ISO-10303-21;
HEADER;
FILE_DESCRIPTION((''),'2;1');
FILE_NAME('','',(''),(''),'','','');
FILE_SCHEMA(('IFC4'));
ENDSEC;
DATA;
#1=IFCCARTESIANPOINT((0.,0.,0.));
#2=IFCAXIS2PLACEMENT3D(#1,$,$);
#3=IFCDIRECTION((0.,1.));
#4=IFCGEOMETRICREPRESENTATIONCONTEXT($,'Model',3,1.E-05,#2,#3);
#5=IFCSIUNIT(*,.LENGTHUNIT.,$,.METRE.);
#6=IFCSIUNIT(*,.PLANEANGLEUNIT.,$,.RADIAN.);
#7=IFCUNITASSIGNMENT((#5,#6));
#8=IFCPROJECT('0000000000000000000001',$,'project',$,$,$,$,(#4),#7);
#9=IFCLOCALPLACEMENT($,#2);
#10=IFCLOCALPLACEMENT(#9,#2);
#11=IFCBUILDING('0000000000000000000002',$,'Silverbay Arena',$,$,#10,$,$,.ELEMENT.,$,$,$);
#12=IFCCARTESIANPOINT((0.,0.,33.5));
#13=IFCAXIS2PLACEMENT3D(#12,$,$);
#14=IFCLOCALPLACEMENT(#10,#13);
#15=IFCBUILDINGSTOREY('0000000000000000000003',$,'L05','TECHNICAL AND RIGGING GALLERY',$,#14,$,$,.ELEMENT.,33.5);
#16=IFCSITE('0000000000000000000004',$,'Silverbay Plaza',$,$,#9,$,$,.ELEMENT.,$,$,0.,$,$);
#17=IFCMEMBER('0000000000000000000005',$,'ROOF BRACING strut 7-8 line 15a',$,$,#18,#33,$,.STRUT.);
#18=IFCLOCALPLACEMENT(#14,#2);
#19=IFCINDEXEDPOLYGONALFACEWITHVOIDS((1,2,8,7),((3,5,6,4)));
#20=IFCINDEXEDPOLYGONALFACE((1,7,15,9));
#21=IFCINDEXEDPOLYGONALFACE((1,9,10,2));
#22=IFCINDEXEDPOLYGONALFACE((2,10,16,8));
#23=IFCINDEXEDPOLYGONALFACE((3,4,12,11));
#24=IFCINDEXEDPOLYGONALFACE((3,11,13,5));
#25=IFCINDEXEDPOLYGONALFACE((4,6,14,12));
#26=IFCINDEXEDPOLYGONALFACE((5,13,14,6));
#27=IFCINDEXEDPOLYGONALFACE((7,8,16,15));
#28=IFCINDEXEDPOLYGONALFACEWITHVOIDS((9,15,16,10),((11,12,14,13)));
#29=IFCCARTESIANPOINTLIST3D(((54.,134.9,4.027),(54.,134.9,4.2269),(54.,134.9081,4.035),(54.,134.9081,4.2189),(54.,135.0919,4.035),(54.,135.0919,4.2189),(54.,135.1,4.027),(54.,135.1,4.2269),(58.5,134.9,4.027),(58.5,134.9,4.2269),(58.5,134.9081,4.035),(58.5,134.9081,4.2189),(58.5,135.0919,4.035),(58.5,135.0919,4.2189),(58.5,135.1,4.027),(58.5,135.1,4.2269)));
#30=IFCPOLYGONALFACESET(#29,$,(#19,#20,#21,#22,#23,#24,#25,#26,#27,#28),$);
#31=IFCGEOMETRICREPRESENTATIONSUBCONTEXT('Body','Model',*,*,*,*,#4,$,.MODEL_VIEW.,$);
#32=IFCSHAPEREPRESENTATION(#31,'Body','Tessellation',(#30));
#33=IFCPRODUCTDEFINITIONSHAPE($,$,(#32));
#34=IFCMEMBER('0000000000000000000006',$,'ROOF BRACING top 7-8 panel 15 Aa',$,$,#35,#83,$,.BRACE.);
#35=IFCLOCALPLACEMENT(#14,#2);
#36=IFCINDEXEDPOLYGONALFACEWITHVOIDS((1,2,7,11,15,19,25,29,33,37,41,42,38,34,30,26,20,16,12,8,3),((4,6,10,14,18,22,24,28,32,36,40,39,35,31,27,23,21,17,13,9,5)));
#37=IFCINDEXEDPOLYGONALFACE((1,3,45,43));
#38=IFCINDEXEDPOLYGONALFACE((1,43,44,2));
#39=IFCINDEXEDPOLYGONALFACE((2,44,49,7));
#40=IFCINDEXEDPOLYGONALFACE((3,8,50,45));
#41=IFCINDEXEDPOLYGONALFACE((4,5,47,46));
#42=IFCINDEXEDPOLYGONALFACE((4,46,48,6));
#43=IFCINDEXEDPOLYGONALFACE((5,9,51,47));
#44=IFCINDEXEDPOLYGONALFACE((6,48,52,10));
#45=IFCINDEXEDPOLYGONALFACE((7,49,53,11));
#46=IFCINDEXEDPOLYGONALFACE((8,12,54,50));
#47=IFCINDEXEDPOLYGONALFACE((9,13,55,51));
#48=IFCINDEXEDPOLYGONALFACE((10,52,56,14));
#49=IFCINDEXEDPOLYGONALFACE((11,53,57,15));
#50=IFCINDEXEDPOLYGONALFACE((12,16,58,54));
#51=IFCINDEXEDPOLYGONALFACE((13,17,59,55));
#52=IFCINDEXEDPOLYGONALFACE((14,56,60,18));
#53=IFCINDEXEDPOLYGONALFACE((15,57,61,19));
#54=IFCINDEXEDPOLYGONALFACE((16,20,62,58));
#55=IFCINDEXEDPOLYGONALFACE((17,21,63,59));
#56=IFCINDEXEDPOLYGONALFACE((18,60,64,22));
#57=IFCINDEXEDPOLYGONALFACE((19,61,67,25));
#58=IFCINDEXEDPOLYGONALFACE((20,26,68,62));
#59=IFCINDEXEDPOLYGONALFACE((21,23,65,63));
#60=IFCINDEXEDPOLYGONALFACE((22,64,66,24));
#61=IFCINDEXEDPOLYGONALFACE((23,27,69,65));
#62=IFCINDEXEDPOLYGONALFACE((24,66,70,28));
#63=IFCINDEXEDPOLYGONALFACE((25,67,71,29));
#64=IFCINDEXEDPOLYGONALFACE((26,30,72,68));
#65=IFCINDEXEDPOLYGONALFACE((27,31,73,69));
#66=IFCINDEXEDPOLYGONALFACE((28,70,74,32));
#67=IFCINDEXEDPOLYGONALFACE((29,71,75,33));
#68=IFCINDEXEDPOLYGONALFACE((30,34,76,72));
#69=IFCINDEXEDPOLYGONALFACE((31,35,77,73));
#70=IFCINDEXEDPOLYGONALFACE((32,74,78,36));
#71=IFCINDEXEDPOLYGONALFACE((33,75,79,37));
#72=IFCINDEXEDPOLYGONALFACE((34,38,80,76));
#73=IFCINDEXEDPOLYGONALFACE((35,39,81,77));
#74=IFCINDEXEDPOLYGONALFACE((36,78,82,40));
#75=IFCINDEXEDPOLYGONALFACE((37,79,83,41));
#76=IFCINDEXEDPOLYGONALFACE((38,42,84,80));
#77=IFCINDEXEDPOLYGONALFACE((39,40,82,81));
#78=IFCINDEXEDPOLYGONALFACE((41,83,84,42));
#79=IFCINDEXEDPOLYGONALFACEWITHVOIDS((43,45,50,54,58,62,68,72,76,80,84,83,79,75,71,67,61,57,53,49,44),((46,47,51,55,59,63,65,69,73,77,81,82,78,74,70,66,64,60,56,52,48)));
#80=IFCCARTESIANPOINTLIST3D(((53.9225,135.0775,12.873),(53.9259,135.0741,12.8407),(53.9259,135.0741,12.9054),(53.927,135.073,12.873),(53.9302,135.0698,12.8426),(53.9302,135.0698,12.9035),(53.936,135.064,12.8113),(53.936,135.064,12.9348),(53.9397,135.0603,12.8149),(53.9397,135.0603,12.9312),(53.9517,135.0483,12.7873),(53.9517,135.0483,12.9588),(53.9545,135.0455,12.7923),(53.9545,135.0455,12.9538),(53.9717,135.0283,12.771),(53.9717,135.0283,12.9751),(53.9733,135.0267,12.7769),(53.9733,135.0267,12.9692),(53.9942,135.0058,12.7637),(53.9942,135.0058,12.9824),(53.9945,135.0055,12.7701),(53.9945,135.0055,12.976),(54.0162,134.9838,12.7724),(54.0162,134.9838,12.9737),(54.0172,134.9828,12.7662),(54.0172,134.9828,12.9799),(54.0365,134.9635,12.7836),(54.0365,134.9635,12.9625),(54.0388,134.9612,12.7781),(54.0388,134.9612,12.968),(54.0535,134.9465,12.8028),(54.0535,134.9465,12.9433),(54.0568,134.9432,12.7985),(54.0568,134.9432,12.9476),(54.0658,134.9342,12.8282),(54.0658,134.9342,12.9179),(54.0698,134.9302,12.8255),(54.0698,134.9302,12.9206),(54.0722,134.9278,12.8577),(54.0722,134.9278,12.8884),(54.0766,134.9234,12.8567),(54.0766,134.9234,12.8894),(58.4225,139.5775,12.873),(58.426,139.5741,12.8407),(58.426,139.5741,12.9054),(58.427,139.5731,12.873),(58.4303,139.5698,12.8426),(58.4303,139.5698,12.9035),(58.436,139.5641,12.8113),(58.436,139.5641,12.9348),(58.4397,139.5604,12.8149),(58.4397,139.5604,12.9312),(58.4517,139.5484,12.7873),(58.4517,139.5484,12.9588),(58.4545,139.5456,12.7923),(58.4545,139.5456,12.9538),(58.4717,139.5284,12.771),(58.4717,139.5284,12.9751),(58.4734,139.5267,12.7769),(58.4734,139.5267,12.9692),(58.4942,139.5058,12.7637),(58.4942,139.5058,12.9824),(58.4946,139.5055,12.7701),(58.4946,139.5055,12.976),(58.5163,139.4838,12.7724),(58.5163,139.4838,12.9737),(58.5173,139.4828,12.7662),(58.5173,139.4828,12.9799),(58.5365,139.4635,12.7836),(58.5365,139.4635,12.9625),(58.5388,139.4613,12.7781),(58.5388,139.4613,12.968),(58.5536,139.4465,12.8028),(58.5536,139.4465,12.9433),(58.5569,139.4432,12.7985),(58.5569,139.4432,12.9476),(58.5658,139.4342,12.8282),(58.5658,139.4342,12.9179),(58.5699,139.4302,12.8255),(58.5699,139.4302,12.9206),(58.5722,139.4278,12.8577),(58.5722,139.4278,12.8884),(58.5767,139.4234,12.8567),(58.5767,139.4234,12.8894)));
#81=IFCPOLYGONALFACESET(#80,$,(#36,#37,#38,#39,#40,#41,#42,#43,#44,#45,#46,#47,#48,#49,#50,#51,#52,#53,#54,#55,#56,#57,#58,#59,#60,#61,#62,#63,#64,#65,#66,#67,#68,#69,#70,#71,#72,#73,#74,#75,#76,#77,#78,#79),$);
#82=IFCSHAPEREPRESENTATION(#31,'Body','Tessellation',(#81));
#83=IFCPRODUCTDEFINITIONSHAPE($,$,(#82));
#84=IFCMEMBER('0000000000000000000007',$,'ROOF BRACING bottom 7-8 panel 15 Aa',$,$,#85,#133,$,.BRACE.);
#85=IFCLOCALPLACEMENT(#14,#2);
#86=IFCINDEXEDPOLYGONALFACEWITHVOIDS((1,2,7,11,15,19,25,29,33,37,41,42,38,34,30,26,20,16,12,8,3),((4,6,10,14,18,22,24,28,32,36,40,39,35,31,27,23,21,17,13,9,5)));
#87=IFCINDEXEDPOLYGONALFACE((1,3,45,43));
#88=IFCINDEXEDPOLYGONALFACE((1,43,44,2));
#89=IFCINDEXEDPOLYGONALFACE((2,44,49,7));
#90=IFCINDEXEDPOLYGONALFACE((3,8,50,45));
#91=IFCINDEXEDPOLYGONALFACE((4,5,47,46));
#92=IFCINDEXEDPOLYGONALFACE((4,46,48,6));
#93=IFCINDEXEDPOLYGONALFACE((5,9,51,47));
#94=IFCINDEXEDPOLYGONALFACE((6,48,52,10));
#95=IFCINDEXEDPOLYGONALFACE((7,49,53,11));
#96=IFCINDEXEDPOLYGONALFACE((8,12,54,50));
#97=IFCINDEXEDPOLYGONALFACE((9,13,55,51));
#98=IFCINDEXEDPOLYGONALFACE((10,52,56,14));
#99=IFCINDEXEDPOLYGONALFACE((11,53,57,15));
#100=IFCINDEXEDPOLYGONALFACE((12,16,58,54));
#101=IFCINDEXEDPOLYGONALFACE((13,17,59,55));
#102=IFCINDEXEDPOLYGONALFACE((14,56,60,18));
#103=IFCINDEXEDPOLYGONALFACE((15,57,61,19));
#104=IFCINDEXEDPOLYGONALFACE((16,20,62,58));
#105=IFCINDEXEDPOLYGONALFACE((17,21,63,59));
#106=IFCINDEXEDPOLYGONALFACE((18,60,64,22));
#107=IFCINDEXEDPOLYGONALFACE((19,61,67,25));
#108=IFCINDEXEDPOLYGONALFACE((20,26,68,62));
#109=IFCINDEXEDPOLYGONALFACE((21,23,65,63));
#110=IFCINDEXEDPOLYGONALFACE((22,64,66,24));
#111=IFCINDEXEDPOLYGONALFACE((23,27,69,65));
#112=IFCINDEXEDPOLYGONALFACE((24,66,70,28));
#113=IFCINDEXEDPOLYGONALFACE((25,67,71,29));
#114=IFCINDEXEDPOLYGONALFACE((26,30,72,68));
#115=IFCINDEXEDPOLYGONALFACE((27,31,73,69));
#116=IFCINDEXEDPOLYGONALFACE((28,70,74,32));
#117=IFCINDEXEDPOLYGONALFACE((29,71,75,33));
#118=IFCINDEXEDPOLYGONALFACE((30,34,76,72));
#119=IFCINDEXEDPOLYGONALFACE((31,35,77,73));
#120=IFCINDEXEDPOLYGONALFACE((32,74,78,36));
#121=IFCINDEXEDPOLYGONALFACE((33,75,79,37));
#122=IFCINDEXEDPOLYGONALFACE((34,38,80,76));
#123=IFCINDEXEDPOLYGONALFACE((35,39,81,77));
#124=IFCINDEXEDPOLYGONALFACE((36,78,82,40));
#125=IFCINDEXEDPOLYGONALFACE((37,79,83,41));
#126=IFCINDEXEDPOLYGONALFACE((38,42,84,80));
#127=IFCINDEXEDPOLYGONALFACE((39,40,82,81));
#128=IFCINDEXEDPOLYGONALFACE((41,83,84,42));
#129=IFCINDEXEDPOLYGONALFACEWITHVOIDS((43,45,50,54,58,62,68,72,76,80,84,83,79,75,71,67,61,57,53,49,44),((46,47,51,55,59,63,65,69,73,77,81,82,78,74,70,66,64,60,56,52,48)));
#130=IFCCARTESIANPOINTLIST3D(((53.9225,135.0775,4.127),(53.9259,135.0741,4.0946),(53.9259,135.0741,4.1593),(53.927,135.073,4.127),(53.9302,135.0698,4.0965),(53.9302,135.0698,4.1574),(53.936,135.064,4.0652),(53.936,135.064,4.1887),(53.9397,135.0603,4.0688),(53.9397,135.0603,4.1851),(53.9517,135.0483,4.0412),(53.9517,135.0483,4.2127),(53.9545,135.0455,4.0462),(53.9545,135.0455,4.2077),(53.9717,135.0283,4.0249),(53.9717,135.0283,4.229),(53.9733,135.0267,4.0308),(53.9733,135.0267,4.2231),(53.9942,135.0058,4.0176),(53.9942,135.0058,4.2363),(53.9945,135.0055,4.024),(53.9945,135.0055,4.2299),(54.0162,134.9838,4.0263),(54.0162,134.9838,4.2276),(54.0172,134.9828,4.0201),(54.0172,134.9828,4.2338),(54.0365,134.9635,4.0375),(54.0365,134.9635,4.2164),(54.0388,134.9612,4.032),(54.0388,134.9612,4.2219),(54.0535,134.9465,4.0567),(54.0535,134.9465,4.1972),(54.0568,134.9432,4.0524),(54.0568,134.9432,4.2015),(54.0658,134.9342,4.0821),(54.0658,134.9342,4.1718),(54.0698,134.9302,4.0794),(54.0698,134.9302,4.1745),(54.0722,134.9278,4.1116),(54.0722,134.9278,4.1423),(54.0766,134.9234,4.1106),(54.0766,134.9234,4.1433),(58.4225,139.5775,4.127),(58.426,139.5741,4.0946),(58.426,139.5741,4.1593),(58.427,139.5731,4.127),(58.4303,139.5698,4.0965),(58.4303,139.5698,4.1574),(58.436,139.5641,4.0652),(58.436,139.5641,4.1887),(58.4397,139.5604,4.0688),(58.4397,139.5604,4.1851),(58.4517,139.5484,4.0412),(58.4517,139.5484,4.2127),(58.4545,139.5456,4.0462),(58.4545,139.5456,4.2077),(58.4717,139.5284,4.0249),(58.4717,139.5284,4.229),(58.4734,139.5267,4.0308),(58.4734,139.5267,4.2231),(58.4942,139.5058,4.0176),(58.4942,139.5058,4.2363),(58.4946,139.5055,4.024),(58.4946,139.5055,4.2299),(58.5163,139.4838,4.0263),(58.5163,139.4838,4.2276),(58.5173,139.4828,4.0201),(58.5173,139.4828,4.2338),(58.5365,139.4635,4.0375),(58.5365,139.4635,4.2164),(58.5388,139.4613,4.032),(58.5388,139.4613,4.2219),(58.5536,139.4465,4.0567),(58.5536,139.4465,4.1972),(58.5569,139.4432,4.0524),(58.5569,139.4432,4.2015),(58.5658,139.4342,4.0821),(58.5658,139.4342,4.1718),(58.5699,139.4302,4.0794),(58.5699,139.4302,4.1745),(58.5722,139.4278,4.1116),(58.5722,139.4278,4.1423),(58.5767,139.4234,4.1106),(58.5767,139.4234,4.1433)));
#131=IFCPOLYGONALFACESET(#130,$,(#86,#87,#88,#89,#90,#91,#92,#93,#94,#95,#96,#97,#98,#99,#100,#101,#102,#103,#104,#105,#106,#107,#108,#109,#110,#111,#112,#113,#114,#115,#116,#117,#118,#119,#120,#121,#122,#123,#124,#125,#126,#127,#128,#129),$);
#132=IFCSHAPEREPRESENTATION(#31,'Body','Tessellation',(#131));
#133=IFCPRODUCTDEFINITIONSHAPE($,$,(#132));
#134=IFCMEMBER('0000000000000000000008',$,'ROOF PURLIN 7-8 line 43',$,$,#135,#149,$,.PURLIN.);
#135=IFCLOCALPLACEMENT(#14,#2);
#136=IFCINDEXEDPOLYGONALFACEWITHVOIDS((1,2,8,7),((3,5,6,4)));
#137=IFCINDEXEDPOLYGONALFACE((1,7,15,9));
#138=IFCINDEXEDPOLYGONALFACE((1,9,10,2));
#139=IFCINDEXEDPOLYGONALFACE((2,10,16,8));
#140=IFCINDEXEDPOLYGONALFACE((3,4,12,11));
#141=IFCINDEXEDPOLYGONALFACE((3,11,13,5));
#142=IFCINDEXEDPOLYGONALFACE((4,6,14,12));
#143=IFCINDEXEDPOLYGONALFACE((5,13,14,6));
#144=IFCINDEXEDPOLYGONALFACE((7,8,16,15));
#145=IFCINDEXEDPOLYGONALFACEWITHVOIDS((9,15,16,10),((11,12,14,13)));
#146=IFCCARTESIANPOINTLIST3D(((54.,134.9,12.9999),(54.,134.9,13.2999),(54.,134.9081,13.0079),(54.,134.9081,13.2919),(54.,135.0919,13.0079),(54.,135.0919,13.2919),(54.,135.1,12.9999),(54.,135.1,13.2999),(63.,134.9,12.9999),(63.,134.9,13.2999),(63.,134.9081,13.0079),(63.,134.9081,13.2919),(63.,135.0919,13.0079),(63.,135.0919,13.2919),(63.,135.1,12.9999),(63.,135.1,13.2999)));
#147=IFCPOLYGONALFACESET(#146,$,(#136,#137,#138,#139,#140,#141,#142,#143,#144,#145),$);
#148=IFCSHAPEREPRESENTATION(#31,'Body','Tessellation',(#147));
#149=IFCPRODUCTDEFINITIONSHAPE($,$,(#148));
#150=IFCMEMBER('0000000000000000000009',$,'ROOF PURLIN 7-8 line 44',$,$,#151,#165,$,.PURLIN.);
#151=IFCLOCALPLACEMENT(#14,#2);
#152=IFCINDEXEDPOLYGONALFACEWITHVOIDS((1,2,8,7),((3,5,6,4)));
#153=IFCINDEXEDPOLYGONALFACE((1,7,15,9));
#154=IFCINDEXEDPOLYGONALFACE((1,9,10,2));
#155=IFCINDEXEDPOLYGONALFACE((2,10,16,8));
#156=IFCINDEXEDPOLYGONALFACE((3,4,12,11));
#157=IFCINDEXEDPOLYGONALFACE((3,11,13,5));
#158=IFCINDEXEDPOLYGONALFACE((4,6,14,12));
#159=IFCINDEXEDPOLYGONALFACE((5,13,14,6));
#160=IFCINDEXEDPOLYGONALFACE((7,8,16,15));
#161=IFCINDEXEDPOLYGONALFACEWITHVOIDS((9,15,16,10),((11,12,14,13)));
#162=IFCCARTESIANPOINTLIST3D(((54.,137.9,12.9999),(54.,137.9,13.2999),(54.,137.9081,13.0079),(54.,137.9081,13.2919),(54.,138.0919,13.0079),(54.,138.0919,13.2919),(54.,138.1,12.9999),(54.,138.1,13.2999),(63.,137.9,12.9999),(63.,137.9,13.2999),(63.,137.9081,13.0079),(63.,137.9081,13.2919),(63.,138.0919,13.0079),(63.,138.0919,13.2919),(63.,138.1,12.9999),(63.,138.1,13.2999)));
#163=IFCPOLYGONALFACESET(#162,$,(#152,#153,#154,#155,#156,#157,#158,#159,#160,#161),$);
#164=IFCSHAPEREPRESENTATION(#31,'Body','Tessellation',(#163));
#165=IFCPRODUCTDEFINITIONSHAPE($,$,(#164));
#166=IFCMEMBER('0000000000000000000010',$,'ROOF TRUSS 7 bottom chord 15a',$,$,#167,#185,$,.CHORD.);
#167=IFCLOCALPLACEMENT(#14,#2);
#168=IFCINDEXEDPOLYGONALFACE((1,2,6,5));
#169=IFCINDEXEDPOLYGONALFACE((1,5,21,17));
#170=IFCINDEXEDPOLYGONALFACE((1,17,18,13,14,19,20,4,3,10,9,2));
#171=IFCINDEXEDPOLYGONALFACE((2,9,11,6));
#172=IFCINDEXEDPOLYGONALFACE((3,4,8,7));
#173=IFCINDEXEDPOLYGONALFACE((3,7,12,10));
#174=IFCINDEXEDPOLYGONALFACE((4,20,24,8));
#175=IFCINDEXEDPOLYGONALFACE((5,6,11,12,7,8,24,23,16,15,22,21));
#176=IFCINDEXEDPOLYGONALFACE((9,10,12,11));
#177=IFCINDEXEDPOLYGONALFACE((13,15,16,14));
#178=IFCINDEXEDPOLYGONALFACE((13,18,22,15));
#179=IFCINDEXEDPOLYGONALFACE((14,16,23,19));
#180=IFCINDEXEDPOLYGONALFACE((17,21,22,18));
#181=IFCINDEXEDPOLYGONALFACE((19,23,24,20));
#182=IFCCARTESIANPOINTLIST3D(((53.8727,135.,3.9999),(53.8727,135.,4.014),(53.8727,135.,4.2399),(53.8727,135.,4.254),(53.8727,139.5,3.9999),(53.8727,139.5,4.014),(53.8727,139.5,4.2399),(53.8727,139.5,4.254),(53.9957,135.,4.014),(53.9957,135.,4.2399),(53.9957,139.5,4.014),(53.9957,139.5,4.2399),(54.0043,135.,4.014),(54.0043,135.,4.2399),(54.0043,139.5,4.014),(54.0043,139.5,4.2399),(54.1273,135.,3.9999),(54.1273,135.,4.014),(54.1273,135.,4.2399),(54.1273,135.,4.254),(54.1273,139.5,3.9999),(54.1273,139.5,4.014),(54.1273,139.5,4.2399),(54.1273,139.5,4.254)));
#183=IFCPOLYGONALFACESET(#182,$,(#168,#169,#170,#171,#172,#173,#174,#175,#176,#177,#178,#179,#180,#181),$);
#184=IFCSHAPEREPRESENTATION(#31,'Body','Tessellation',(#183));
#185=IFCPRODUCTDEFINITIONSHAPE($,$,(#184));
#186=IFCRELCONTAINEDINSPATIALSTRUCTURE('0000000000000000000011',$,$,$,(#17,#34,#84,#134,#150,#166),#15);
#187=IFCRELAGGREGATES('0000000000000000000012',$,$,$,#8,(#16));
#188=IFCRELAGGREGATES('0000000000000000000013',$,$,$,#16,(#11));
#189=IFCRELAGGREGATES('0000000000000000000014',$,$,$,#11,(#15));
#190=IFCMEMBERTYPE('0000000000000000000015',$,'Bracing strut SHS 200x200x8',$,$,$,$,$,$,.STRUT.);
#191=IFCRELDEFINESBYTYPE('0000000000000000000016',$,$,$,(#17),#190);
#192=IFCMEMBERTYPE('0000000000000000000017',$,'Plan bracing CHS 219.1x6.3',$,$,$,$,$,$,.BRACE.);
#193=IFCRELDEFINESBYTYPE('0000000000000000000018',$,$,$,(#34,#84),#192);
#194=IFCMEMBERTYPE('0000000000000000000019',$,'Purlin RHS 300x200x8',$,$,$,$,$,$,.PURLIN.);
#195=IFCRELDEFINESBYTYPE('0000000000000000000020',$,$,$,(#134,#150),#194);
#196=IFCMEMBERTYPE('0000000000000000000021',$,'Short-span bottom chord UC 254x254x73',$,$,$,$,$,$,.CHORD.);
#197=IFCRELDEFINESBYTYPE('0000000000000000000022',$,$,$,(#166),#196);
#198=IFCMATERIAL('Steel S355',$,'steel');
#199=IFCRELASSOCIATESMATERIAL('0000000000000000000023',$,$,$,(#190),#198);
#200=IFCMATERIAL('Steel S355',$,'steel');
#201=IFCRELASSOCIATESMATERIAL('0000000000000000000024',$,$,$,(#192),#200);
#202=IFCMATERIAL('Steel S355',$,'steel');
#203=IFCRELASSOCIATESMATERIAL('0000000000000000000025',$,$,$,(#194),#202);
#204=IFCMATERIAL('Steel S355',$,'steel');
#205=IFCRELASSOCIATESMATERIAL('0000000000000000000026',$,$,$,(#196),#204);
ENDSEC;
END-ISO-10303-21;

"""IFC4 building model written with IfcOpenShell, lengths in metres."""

from ifc_helpers import new_model, si_unit, direction, frame, origin, origin_2d, place, context, subcontext, project, spatial, hollow_rectangle, hollow_circle, i_section, extrude, material, material_profile, profile_set, type_object, element, save


model = new_model("IFC4")

# Units and contexts
model_context = context("Model", 3, precision=1e-05, world=origin(), true_north=direction((0.0, 1.0)))
body_context = subcontext(model_context, "Body", "Model", "MODEL_VIEW")
ifc_project = project(units=[si_unit("LENGTHUNIT", "METRE"), si_unit("PLANEANGLEUNIT", "RADIAN")], contexts=[model_context])

# Site, building, storey
site_placement = place(None, origin())
site = spatial("IfcSite", under=ifc_project, at=site_placement, Name="Silverbay Plaza", CompositionType="ELEMENT", RefElevation=0.0)
building_placement = place(site_placement, origin())
building = spatial("IfcBuilding", under=site, at=building_placement, Name="Silverbay Arena", CompositionType="ELEMENT")
storey_placement = place(building_placement, frame((0.0, 0.0, 33.5)))
storey = spatial("IfcBuildingStorey", under=building, at=storey_placement, Name="L05", Description="TECHNICAL AND RIGGING GALLERY", CompositionType="ELEMENT", Elevation=33.5)

# Members
ifc_material_1 = material(Name="Steel S355", Category="steel")
ifc_material_profile_1 = material_profile(ifc_material_1, hollow_rectangle(XDim=0.2, YDim=0.2, WallThickness=0.0081, at=origin_2d()), Name="SHS 200x200x8")
ifc_profile_set_1 = profile_set([ifc_material_profile_1], Name="Steel S355")
member_type_1 = type_object("IfcMemberType", Name="Bracing strut SHS 200x200x8", PredefinedType="STRUT", material=ifc_profile_set_1)
member_placement = place(storey_placement, frame((54.0, 135.0, 4.127), z_axis=(1.0, 0.0, 0.0), x_axis=(0.0, 1.0, 0.0)))
element("IfcMember", 1, at=member_placement, inside=storey, type_object=member_type_1, Name="ROOF BRACING strut 7-8 line 15a", PredefinedType="STRUT", context=body_context, shape_type="SweptSolid", body=[
    extrude(hollow_rectangle(XDim=0.2, YDim=0.2, WallThickness=0.0081, at=origin_2d()), origin(), (0.0, 0.0, 1.0), 4.5),
])
ifc_material_2 = material(Name="Steel S355", Category="steel")
ifc_material_profile_2 = material_profile(ifc_material_2, hollow_circle(Radius=0.1096, WallThickness=0.0063, at=origin_2d()), Name="CHS 219.1x6.3")
ifc_profile_set_2 = profile_set([ifc_material_profile_2], Name="Steel S355")
member_type_2 = type_object("IfcMemberType", Name="Plan bracing CHS 219.1x6.3", PredefinedType="BRACE", material=ifc_profile_set_2)
for number, where, z_axis, x_axis, name in (
    (2, (54.0, 135.0, 12.873), (0.707107, 0.707107, 0.0), (-0.707107, 0.707107, 0.0), "ROOF BRACING top 7-8 panel 15 Aa"),
    (3, (54.0, 135.0, 4.127), (0.707107, 0.707107, 0.0), (-0.707107, 0.707107, 0.0), "ROOF BRACING bottom 7-8 panel 15 Aa"),
):
    element("IfcMember", number, at=place(storey_placement, frame(where, z_axis=z_axis, x_axis=x_axis)), inside=storey, type_object=member_type_2, Name=name, PredefinedType="BRACE", context=body_context, shape_type="SweptSolid", body=[
        extrude(hollow_circle(Radius=0.1096, WallThickness=0.0063, at=origin_2d()), origin(), (0.0, 0.0, 1.0), 6.364),
    ])
ifc_material_3 = material(Name="Steel S355", Category="steel")
ifc_material_profile_3 = material_profile(ifc_material_3, hollow_rectangle(XDim=0.2, YDim=0.3, WallThickness=0.0081, at=origin_2d()), Name="RHS 300x200x8")
ifc_profile_set_3 = profile_set([ifc_material_profile_3], Name="Steel S355")
member_type_3 = type_object("IfcMemberType", Name="Purlin RHS 300x200x8", PredefinedType="PURLIN", material=ifc_profile_set_3)
for number, where, z_axis, x_axis, name in (
    (4, (54.0, 135.0, 13.1499), (1.0, 0.0, 0.0), (0.0, 1.0, 0.0), "ROOF PURLIN 7-8 line 43"),
    (5, (54.0, 138.0, 13.1499), (1.0, 0.0, 0.0), (0.0, 1.0, 0.0), "ROOF PURLIN 7-8 line 44"),
):
    element("IfcMember", number, at=place(storey_placement, frame(where, z_axis=z_axis, x_axis=x_axis)), inside=storey, type_object=member_type_3, Name=name, PredefinedType="PURLIN", context=body_context, shape_type="SweptSolid", body=[
        extrude(hollow_rectangle(XDim=0.2, YDim=0.3, WallThickness=0.0081, at=origin_2d()), origin(), (0.0, 0.0, 1.0), 9.0),
    ])
ifc_material_4 = material(Name="Steel S355", Category="steel")
ifc_material_profile_4 = material_profile(ifc_material_4, i_section(OverallWidth=0.2546, OverallDepth=0.2542, WebThickness=0.0085, FlangeThickness=0.0142, at=origin_2d()), Name="UC 254x254x73")
ifc_profile_set_4 = profile_set([ifc_material_profile_4], Name="Steel S355")
member_type_4 = type_object("IfcMemberType", Name="Short-span bottom chord UC 254x254x73", PredefinedType="CHORD", material=ifc_profile_set_4)
for number, where, z_axis, x_axis, name in (
    (6, (54.0, 135.0, 4.127), (0.0, 1.0, 0.0), (-1.0, 0.0, 0.0), "ROOF TRUSS 7 bottom chord 15a"),
):
    element("IfcMember", number, at=place(storey_placement, frame(where, z_axis=z_axis, x_axis=x_axis)), inside=storey, type_object=member_type_4, Name=name, PredefinedType="CHORD", context=body_context, shape_type="SweptSolid", body=[
        extrude(i_section(OverallWidth=0.2546, OverallDepth=0.2542, WebThickness=0.0085, FlangeThickness=0.0142, at=origin_2d()), origin(), (0.0, 0.0, 1.0), 4.5),
    ])

save(model, "model.ifc")
